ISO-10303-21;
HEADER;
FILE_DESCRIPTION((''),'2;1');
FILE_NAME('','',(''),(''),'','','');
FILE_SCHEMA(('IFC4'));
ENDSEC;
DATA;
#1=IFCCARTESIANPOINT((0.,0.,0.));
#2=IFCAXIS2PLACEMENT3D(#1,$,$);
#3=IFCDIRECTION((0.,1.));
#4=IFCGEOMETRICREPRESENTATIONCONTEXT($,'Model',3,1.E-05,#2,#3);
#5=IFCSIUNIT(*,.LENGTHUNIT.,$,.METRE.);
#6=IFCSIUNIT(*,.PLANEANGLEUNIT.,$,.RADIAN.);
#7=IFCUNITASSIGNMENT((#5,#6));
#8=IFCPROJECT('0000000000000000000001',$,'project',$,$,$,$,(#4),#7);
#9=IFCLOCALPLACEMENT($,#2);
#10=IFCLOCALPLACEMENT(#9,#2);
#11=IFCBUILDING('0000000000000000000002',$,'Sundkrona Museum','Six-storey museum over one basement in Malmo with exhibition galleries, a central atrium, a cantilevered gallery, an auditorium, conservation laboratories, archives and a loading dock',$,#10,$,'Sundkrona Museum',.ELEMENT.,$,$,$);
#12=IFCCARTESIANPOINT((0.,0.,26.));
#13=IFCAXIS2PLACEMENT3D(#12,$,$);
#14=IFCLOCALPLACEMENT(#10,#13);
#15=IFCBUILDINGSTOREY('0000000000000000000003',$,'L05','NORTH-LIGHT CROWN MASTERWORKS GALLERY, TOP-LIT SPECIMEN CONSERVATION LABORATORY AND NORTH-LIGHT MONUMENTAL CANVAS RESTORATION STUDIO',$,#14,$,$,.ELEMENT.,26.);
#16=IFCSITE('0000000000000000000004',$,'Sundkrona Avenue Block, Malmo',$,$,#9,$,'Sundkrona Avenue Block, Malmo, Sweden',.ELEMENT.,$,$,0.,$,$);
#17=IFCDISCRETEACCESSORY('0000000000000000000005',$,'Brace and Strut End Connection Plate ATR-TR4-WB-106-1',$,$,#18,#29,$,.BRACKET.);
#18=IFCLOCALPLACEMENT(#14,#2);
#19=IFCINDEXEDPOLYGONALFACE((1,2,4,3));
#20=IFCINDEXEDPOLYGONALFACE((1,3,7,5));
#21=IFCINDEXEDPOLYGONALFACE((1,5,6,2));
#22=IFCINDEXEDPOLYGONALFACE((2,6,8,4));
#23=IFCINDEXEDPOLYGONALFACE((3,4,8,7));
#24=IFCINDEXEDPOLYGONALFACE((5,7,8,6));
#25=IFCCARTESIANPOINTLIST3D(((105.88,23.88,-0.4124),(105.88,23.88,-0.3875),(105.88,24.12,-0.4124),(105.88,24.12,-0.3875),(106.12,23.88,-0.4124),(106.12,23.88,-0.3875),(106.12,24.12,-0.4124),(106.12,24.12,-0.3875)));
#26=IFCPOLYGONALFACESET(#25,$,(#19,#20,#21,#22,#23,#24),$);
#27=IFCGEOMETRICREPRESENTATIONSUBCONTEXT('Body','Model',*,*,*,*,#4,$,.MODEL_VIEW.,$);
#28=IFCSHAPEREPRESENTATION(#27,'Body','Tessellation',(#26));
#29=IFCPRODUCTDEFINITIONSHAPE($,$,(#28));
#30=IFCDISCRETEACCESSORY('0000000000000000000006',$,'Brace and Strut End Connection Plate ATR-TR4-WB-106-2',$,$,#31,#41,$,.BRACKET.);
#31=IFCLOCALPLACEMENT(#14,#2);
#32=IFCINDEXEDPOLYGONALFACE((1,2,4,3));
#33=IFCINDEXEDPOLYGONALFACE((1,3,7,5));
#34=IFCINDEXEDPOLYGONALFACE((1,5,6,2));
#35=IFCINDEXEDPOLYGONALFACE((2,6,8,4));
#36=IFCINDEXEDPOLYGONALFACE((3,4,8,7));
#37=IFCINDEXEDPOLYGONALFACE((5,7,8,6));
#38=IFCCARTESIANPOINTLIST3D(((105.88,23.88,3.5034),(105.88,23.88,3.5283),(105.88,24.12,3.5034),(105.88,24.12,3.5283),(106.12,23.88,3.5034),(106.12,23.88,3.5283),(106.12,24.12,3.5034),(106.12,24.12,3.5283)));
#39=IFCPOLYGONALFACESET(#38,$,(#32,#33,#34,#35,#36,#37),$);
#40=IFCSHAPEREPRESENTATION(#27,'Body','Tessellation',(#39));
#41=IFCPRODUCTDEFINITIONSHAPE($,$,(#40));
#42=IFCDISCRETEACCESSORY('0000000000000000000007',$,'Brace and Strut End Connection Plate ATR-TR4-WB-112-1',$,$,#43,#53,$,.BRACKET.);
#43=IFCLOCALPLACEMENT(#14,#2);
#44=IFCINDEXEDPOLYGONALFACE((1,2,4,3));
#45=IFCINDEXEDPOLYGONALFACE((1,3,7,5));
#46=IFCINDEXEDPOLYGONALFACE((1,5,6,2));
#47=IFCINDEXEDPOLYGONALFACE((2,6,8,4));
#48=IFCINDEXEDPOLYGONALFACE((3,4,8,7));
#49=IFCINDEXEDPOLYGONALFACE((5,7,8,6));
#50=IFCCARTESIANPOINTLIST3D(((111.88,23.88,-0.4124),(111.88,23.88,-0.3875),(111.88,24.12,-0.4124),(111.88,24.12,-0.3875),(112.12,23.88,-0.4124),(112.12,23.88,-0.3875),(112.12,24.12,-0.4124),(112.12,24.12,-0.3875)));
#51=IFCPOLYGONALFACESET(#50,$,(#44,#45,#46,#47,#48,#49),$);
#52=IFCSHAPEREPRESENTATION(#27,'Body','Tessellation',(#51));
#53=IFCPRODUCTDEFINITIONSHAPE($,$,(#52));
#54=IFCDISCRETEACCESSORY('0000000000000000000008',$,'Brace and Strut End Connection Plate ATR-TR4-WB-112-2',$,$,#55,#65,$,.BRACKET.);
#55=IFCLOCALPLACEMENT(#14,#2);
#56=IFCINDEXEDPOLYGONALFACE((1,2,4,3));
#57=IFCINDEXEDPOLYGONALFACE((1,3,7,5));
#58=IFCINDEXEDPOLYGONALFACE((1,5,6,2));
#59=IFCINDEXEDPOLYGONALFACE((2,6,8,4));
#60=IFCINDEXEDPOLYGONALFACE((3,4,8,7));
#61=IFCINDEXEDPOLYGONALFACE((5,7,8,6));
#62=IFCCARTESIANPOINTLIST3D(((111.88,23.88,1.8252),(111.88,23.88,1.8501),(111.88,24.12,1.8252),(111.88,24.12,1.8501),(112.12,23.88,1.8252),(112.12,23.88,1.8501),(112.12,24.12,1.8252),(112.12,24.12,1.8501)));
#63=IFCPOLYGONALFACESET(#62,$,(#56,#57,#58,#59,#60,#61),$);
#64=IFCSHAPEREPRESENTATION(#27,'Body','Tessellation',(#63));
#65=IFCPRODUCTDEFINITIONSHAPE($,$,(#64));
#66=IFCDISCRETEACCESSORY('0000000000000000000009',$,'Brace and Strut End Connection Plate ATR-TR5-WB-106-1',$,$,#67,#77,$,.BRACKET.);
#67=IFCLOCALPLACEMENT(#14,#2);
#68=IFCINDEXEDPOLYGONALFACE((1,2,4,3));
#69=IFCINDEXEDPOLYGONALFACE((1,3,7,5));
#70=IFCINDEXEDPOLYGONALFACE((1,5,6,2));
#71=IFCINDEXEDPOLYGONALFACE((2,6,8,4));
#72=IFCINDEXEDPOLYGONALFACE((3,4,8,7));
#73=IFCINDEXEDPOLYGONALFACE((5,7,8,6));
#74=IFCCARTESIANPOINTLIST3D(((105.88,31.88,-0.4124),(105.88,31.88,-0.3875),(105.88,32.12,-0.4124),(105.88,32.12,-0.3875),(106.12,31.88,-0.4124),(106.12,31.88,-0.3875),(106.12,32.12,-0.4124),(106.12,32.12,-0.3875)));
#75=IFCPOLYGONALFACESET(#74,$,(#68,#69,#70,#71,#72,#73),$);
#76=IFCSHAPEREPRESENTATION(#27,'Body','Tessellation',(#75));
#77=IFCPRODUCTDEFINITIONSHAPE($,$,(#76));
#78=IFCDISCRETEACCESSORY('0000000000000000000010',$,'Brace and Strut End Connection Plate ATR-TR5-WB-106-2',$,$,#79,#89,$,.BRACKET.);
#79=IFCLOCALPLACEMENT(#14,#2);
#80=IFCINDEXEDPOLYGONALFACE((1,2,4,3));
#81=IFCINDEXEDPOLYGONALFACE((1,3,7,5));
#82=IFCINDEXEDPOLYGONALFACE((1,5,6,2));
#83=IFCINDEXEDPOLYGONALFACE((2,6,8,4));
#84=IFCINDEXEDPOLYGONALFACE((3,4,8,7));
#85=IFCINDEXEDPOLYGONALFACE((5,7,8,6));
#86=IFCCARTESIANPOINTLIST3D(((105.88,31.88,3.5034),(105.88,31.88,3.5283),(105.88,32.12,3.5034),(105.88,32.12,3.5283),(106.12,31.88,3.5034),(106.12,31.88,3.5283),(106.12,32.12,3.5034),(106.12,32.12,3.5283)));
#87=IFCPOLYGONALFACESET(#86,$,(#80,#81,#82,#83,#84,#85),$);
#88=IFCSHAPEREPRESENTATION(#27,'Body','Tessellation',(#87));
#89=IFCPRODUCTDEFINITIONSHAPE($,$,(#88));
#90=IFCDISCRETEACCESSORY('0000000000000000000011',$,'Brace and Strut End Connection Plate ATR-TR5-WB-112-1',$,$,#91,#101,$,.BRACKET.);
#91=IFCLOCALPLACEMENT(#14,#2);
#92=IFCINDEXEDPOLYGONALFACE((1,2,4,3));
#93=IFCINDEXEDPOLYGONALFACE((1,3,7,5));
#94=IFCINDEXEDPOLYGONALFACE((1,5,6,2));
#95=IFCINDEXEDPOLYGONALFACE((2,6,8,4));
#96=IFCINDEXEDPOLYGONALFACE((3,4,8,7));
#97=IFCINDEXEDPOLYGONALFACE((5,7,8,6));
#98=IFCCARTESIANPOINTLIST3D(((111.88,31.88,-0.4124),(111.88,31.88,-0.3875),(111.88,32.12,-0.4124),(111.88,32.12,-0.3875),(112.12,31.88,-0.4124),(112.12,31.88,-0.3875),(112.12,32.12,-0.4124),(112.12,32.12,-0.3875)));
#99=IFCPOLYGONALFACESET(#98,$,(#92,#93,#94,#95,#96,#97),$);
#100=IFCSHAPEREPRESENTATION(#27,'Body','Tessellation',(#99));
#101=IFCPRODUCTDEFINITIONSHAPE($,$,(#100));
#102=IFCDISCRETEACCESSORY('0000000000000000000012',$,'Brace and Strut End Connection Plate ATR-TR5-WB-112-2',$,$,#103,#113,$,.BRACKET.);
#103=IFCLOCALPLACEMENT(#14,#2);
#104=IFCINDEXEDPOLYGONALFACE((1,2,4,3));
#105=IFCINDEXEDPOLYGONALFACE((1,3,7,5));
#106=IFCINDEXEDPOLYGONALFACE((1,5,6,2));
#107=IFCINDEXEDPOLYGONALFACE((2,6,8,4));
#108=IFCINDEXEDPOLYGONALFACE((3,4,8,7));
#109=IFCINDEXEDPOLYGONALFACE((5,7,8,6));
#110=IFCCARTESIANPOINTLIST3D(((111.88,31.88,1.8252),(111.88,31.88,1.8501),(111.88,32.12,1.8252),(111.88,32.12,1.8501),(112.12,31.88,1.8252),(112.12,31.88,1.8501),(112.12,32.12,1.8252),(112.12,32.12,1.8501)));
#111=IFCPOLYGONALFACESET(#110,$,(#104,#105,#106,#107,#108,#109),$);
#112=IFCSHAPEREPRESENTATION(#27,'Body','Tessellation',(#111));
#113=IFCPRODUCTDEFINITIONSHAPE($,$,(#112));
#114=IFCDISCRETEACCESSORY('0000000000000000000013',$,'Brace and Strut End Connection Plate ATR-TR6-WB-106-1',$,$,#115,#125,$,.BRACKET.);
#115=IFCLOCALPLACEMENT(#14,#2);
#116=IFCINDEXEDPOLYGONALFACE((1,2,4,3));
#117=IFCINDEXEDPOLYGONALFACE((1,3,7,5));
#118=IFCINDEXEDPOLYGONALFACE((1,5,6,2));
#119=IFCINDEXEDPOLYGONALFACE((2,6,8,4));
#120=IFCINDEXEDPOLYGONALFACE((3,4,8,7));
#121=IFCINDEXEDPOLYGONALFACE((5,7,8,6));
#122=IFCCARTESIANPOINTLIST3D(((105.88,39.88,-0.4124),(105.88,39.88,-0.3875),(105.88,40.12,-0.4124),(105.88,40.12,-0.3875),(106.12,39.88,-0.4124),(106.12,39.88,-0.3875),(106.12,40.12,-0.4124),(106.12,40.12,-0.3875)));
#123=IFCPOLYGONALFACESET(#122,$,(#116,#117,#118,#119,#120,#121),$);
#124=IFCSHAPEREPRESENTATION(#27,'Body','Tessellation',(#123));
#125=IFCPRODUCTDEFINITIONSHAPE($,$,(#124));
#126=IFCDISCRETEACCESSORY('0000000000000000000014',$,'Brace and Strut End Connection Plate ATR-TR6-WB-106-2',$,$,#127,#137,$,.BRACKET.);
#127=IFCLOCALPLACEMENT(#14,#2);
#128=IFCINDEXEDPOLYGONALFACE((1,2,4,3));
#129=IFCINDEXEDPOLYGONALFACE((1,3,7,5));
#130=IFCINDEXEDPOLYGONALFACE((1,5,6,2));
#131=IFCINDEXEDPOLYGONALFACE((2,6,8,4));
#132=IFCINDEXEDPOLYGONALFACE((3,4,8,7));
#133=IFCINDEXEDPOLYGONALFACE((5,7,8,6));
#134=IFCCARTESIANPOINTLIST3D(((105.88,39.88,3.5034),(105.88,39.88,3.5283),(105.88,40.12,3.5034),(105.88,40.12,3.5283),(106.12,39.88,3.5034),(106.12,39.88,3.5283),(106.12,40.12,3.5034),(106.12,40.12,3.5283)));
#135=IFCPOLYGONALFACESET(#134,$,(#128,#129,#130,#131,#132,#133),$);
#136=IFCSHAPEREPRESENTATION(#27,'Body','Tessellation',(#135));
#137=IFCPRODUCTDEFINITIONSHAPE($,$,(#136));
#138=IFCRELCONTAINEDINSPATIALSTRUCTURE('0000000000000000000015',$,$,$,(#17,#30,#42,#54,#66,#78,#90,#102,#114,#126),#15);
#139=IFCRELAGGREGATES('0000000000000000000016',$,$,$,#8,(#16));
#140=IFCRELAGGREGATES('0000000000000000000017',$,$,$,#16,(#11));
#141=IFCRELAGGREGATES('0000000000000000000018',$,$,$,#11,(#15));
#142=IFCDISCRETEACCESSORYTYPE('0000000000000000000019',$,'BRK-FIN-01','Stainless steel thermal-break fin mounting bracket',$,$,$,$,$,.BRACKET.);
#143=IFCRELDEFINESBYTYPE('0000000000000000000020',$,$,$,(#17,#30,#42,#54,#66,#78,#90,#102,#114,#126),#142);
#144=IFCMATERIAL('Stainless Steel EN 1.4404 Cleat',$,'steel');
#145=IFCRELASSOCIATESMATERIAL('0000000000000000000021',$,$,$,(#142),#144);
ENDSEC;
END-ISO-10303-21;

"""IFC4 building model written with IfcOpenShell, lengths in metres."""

from ifc_helpers import new_model, si_unit, direction, frame, origin, origin_2d, place, context, subcontext, project, spatial, rectangle, extrude, material, type_object, element, save


model = new_model("IFC4")

# Units and contexts
model_context = context("Model", 3, precision=1e-05, world=origin(), true_north=direction((0.0, 1.0)))
body_context = subcontext(model_context, "Body", "Model", "MODEL_VIEW")
ifc_project = project(units=[si_unit("LENGTHUNIT", "METRE"), si_unit("PLANEANGLEUNIT", "RADIAN")], contexts=[model_context])

# Site, building, storey
site_placement = place(None, origin())
site = spatial("IfcSite", under=ifc_project, at=site_placement, Name="Sundkrona Avenue Block, Malmo", LongName="Sundkrona Avenue Block, Malmo, Sweden", CompositionType="ELEMENT", RefElevation=0.0)
building_placement = place(site_placement, origin())
building = spatial("IfcBuilding", under=site, at=building_placement, Name="Sundkrona Museum", Description="Six-storey museum over one basement in Malmo with exhibition galleries, a central atrium, a cantilevered gallery, an auditorium, conservation laboratories, archives and a loading dock", LongName="Sundkrona Museum", CompositionType="ELEMENT")
storey_placement = place(building_placement, frame((0.0, 0.0, 26.0)))
storey = spatial("IfcBuildingStorey", under=building, at=storey_placement, Name="L05", Description="NORTH-LIGHT CROWN MASTERWORKS GALLERY, TOP-LIT SPECIMEN CONSERVATION LABORATORY AND NORTH-LIGHT MONUMENTAL CANVAS RESTORATION STUDIO", CompositionType="ELEMENT", Elevation=26.0)

# Discrete accessories
ifc_material_1 = material(Name="Stainless Steel EN 1.4404 Cleat", Category="steel")
discrete_accessory_type = type_object("IfcDiscreteAccessoryType", Name="BRK-FIN-01", Description="Stainless steel thermal-break fin mounting bracket", PredefinedType="BRACKET", material=ifc_material_1)
for number, where, z_axis, x_axis, name in (
    (1, (106.0, 24.0, -0.4124), (0.0, 0.0, 1.0), (1.0, 0.0, 0.0), "Brace and Strut End Connection Plate ATR-TR4-WB-106-1"),
    (2, (106.0, 24.0, 3.5034), (0.0, 0.0, 1.0), (1.0, 0.0, 0.0), "Brace and Strut End Connection Plate ATR-TR4-WB-106-2"),
    (3, (112.0, 24.0, -0.4124), (0.0, 0.0, 1.0), (1.0, 0.0, 0.0), "Brace and Strut End Connection Plate ATR-TR4-WB-112-1"),
    (4, (112.0, 24.0, 1.8252), (0.0, 0.0, 1.0), (1.0, 0.0, 0.0), "Brace and Strut End Connection Plate ATR-TR4-WB-112-2"),
    (5, (106.0, 32.0, -0.4124), (0.0, 0.0, 1.0), (1.0, 0.0, 0.0), "Brace and Strut End Connection Plate ATR-TR5-WB-106-1"),
    (6, (106.0, 32.0, 3.5034), (0.0, 0.0, 1.0), (1.0, 0.0, 0.0), "Brace and Strut End Connection Plate ATR-TR5-WB-106-2"),
    (7, (112.0, 32.0, -0.4124), (0.0, 0.0, 1.0), (1.0, 0.0, 0.0), "Brace and Strut End Connection Plate ATR-TR5-WB-112-1"),
    (8, (112.0, 32.0, 1.8252), (0.0, 0.0, 1.0), (1.0, 0.0, 0.0), "Brace and Strut End Connection Plate ATR-TR5-WB-112-2"),
    (9, (106.0, 40.0, -0.4124), (0.0, 0.0, 1.0), (1.0, 0.0, 0.0), "Brace and Strut End Connection Plate ATR-TR6-WB-106-1"),
    (10, (106.0, 40.0, 3.5034), (0.0, 0.0, 1.0), (1.0, 0.0, 0.0), "Brace and Strut End Connection Plate ATR-TR6-WB-106-2"),
):
    element("IfcDiscreteAccessory", number, at=place(storey_placement, frame(where, z_axis=z_axis, x_axis=x_axis)), inside=storey, type_object=discrete_accessory_type, Name=name, PredefinedType="BRACKET", context=body_context, shape_type="SweptSolid", body=[
        extrude(rectangle(XDim=0.24, YDim=0.24, at=origin_2d()), origin(), (0.0, 0.0, 1.0), 0.0249),
    ])

save(model, "model.ifc")
